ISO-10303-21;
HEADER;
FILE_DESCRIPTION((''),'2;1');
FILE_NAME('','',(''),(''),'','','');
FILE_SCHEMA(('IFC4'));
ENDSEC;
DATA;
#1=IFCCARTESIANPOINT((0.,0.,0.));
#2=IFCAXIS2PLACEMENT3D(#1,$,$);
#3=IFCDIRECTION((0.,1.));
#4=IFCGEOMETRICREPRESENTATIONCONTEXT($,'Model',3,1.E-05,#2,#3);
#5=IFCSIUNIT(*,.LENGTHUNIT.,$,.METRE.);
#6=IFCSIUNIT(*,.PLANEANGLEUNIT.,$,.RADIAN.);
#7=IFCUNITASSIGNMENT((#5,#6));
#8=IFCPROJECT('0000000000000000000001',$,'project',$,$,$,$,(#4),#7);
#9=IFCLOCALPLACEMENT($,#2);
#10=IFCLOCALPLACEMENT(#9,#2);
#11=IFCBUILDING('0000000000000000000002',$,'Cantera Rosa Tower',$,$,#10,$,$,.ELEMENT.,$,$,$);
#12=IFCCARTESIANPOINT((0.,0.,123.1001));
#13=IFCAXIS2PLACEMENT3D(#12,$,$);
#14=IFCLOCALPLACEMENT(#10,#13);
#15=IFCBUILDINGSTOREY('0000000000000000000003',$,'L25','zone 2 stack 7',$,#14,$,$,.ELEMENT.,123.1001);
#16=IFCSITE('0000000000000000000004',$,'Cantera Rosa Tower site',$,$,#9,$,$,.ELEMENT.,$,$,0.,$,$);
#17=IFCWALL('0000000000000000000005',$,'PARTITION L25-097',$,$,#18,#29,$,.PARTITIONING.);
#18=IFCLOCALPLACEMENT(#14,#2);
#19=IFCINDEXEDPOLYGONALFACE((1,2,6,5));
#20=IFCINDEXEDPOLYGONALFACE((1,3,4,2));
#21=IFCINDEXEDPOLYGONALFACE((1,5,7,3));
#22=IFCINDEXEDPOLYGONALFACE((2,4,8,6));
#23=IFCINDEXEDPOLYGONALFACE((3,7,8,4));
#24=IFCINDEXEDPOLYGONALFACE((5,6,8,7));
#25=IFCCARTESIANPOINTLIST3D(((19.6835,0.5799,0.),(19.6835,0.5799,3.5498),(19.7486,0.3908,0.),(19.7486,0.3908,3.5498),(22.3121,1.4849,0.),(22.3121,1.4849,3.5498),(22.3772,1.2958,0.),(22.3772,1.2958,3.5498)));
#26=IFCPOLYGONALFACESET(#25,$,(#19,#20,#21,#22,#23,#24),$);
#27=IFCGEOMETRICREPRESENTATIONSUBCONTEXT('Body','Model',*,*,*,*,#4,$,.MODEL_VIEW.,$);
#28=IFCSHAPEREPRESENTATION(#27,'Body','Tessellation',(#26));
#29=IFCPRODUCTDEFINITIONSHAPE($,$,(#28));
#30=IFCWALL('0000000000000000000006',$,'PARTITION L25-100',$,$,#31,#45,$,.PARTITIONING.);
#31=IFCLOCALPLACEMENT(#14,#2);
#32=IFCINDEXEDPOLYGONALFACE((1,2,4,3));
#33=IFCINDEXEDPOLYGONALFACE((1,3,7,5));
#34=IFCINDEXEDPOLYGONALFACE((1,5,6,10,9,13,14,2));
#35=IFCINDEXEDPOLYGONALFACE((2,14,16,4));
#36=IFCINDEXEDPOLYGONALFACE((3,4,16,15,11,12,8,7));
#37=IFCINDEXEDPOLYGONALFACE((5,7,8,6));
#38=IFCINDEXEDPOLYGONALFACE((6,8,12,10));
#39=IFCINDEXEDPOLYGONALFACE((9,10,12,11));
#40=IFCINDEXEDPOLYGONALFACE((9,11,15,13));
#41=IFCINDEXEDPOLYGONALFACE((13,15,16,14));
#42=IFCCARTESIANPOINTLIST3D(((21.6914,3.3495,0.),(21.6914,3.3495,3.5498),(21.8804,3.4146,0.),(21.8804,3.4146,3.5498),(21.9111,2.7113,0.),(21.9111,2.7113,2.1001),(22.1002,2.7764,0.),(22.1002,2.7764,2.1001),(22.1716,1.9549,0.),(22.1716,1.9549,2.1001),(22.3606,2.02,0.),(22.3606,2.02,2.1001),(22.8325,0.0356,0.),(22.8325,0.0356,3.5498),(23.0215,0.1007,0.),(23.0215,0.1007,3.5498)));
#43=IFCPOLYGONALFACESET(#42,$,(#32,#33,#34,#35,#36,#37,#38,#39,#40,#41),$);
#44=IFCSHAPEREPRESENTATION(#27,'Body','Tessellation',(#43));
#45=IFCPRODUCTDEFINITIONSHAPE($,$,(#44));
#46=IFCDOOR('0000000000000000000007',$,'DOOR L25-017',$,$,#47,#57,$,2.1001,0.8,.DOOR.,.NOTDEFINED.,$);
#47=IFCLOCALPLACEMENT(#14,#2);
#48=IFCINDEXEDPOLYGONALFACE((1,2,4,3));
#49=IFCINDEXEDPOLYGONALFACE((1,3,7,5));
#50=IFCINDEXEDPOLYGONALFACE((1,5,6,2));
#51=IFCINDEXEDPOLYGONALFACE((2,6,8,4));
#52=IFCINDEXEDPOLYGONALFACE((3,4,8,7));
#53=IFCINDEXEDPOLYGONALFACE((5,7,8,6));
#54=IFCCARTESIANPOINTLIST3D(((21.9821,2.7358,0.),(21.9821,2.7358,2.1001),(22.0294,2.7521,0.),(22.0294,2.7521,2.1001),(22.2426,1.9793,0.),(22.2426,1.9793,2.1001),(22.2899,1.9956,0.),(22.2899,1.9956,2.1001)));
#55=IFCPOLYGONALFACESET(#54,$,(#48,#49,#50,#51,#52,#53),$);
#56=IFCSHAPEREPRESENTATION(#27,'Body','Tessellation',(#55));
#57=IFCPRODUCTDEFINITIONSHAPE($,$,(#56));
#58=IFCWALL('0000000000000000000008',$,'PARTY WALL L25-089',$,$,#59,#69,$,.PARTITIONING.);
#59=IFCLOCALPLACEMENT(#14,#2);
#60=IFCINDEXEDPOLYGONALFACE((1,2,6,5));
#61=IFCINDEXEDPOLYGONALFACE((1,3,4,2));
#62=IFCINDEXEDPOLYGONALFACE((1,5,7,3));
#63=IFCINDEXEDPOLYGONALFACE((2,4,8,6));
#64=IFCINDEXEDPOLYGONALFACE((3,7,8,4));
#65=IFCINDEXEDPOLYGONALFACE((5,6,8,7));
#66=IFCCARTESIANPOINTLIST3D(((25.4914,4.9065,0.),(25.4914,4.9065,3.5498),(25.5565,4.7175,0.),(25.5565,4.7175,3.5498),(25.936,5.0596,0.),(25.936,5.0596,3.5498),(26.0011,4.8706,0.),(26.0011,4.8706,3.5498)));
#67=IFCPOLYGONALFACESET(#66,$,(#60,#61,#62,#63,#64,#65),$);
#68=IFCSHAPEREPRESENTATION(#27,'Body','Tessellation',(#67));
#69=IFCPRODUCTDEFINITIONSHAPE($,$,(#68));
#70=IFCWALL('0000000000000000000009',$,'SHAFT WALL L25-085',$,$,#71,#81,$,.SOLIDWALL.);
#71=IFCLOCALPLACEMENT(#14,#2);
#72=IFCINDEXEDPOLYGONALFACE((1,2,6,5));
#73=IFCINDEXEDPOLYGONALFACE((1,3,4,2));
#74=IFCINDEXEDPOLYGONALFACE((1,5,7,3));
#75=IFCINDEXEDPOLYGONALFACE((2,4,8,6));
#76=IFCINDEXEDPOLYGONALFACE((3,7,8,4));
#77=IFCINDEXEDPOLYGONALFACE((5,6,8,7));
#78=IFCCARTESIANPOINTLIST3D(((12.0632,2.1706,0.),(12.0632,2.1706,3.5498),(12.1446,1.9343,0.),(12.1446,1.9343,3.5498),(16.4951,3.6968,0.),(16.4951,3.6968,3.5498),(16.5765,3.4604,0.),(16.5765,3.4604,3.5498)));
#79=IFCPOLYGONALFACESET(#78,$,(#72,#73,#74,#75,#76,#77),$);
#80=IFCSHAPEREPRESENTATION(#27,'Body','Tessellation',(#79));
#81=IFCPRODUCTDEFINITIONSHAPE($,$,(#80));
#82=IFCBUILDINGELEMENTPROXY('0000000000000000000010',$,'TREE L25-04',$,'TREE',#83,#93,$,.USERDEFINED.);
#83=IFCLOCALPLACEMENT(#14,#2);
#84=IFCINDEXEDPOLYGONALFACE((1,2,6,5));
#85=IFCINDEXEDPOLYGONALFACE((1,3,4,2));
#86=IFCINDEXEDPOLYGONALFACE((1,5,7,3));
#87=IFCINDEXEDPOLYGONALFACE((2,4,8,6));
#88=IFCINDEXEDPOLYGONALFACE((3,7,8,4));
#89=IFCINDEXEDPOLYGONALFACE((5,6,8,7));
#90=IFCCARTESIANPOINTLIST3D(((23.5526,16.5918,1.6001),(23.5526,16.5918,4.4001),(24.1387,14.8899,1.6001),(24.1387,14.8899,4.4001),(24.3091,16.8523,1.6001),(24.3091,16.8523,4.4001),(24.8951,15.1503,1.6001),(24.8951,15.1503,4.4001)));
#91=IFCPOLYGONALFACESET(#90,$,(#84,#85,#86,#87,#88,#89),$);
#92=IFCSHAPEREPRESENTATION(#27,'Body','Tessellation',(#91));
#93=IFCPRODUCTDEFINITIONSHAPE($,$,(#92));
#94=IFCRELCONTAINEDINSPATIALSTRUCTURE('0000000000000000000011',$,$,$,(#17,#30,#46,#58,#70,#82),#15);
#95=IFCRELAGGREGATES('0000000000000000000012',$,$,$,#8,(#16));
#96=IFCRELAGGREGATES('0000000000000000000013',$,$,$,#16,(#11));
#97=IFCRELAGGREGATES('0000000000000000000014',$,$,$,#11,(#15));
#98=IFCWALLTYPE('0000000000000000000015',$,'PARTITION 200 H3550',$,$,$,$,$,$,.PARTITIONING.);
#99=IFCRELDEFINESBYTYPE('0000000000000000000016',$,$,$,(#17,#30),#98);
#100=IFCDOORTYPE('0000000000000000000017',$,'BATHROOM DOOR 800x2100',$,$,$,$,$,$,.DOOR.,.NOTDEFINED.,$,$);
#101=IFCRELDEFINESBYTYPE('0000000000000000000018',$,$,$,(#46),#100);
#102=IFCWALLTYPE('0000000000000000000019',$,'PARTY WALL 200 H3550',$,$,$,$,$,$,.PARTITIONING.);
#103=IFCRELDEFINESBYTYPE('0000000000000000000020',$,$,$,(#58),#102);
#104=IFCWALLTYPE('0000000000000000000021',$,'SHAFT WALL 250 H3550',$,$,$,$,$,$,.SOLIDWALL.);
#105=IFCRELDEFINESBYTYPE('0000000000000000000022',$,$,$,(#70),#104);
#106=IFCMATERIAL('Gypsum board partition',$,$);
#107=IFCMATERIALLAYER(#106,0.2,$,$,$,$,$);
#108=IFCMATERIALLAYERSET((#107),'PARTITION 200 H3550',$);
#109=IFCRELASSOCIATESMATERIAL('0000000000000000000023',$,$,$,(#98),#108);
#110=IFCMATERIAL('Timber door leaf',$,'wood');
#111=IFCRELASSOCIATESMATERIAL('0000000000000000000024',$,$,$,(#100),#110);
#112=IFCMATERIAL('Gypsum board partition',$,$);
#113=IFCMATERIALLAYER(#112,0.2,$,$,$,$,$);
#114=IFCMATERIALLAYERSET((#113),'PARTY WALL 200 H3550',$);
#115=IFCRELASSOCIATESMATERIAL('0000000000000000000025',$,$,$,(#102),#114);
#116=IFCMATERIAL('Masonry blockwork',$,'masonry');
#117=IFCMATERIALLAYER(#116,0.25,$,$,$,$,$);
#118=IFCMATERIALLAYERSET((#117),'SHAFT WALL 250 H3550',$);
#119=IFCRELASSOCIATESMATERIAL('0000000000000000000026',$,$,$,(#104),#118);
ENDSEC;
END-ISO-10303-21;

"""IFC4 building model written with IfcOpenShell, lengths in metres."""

from ifc_helpers import new_model, si_unit, direction, frame, frame_2d, origin, origin_2d, place, context, subcontext, project, spatial, rectangle, extrude, material, layer, layer_set, type_object, element, fill, save


model = new_model("IFC4")

# Units and contexts
model_context = context("Model", 3, precision=1e-05, world=origin(), true_north=direction((0.0, 1.0)))
body_context = subcontext(model_context, "Body", "Model", "MODEL_VIEW")
ifc_project = project(units=[si_unit("LENGTHUNIT", "METRE"), si_unit("PLANEANGLEUNIT", "RADIAN")], contexts=[model_context])

# Site, building, storey
site_placement = place(None, origin())
site = spatial("IfcSite", under=ifc_project, at=site_placement, Name="Cantera Rosa Tower site", CompositionType="ELEMENT", RefElevation=0.0)
building_placement = place(site_placement, origin())
building = spatial("IfcBuilding", under=site, at=building_placement, Name="Cantera Rosa Tower", CompositionType="ELEMENT")
storey_placement = place(building_placement, frame((0.0, 0.0, 123.1001)))
storey = spatial("IfcBuildingStorey", under=building, at=storey_placement, Name="L25", Description="zone 2 stack 7", CompositionType="ELEMENT", Elevation=123.1001)

# Wall
ifc_material_1 = material(Name="Gypsum board partition")
ifc_layer_1 = layer(ifc_material_1, 0.2)
ifc_layer_set_1 = layer_set([ifc_layer_1], Name="PARTITION 200 H3550")
wall_type_1 = type_object("IfcWallType", Name="PARTITION 200 H3550", PredefinedType="PARTITIONING", material=ifc_layer_set_1)
wall_1_placement = place(storey_placement, frame((22.3447, 1.3904, 0.0), z_axis=(0.0, 0.0, 1.0), x_axis=(-0.945529, -0.325539, 0.0)))
element("IfcWall", 1, at=wall_1_placement, inside=storey, type_object=wall_type_1, Name="PARTITION L25-097", PredefinedType="PARTITIONING", context=body_context, shape_type="SweptSolid", body=[
    extrude(rectangle(XDim=2.78, YDim=0.2, at=frame_2d((1.3901, 0.0))), origin(), (0.0, 0.0, 1.0), 3.5498),
])

# Wall, opening, door
wall_2_placement = place(storey_placement, frame((22.927, 0.0681, 0.0), z_axis=(0.0, 0.0, 1.0), x_axis=(-0.325574, 0.945516, 0.0)))
wall_2 = element("IfcWall", 2, at=wall_2_placement, inside=storey, type_object=wall_type_1, Name="PARTITION L25-100", PredefinedType="PARTITIONING", context=body_context, shape_type="SweptSolid", body=[
    extrude(rectangle(XDim=3.5049, YDim=0.2, at=frame_2d((1.7524, 0.0))), origin(), (0.0, 0.0, 1.0), 3.5498),
])
opening_1_placement = place(wall_2_placement, frame((2.03, 0.0, 0.0)))
opening_1 = element("IfcOpeningElement", 3, at=opening_1_placement, cuts=wall_2, PredefinedType="OPENING", context=body_context, shape_type="SweptSolid", body=[
    extrude(rectangle(XDim=0.8, YDim=2.1001, at=frame_2d((0.3999, 1.05))), frame((0.0, 0.1099, 0.0), z_axis=(0.0, -1.0, 0.0), x_axis=(1.0, 0.0, 0.0)), (0.0, 0.0, 1.0), 0.22),
])
ifc_material_2 = material(Name="Timber door leaf", Category="wood")
door_type_1 = type_object("IfcDoorType", Name="BATHROOM DOOR 800x2100", OperationType="NOTDEFINED", PredefinedType="DOOR", material=ifc_material_2)
door_1_placement = place(opening_1_placement, origin())
door_1 = element("IfcDoor", 4, at=door_1_placement, inside=storey, type_object=door_type_1, Name="DOOR L25-017", OperationType="NOTDEFINED", OverallHeight=2.1001, OverallWidth=0.8, PredefinedType="DOOR", context=body_context, shape_type="SweptSolid", body=[
    extrude(rectangle(XDim=0.8, YDim=2.1001, at=frame_2d((0.3999, 1.05))), frame((0.0, 0.0249, 0.0), z_axis=(0.0, -1.0, 0.0), x_axis=(1.0, 0.0, 0.0)), (0.0, 0.0, 1.0), 0.05),
])
fill(opening_1, door_1)

# Walls
ifc_material_3 = material(Name="Gypsum board partition")
ifc_layer_2 = layer(ifc_material_3, 0.2)
ifc_layer_set_2 = layer_set([ifc_layer_2], Name="PARTY WALL 200 H3550")
wall_type_2 = type_object("IfcWallType", Name="PARTY WALL 200 H3550", PredefinedType="PARTITIONING", material=ifc_layer_set_2)
wall_3_placement = place(storey_placement, frame((25.5239, 4.812, 0.0), z_axis=(0.0, 0.0, 1.0), x_axis=(0.945522, 0.325559, 0.0)))
element("IfcWall", 5, at=wall_3_placement, inside=storey, type_object=wall_type_2, Name="PARTY WALL L25-089", PredefinedType="PARTITIONING", context=body_context, shape_type="SweptSolid", body=[
    extrude(rectangle(XDim=0.4702, YDim=0.2, at=frame_2d((0.2351, 0.0))), origin(), (0.0, 0.0, 1.0), 3.5498),
])
ifc_material_4 = material(Name="Masonry blockwork", Category="masonry")
ifc_layer_3 = layer(ifc_material_4, 0.25)
ifc_layer_set_3 = layer_set([ifc_layer_3], Name="SHAFT WALL 250 H3550")
wall_type_3 = type_object("IfcWallType", Name="SHAFT WALL 250 H3550", PredefinedType="SOLIDWALL", material=ifc_layer_set_3)
wall_4_placement = place(storey_placement, frame((16.5359, 3.5786, 0.0), z_axis=(0.0, 0.0, 1.0), x_axis=(-0.945512, -0.325588, 0.0)))
element("IfcWall", 6, at=wall_4_placement, inside=storey, type_object=wall_type_3, Name="SHAFT WALL L25-085", PredefinedType="SOLIDWALL", context=body_context, shape_type="SweptSolid", body=[
    extrude(rectangle(XDim=4.6873, YDim=0.25, at=frame_2d((2.3438, 0.0))), origin(), (0.0, 0.0, 1.0), 3.5498),
])

# Building element proxy
proxy_placement = place(storey_placement, frame((24.2239, 15.8711, 1.6001), z_axis=(0.0, 0.0, 1.0), x_axis=(-0.325568, 0.945519, 0.0)))
element("IfcBuildingElementProxy", 7, at=proxy_placement, inside=storey, Name="TREE L25-04", ObjectType="TREE", PredefinedType="USERDEFINED", context=body_context, shape_type="SweptSolid", body=[
    extrude(rectangle(XDim=1.8, YDim=0.8, at=origin_2d()), origin(), (0.0, 0.0, 1.0), 2.8),
])

save(model, "model.ifc")
